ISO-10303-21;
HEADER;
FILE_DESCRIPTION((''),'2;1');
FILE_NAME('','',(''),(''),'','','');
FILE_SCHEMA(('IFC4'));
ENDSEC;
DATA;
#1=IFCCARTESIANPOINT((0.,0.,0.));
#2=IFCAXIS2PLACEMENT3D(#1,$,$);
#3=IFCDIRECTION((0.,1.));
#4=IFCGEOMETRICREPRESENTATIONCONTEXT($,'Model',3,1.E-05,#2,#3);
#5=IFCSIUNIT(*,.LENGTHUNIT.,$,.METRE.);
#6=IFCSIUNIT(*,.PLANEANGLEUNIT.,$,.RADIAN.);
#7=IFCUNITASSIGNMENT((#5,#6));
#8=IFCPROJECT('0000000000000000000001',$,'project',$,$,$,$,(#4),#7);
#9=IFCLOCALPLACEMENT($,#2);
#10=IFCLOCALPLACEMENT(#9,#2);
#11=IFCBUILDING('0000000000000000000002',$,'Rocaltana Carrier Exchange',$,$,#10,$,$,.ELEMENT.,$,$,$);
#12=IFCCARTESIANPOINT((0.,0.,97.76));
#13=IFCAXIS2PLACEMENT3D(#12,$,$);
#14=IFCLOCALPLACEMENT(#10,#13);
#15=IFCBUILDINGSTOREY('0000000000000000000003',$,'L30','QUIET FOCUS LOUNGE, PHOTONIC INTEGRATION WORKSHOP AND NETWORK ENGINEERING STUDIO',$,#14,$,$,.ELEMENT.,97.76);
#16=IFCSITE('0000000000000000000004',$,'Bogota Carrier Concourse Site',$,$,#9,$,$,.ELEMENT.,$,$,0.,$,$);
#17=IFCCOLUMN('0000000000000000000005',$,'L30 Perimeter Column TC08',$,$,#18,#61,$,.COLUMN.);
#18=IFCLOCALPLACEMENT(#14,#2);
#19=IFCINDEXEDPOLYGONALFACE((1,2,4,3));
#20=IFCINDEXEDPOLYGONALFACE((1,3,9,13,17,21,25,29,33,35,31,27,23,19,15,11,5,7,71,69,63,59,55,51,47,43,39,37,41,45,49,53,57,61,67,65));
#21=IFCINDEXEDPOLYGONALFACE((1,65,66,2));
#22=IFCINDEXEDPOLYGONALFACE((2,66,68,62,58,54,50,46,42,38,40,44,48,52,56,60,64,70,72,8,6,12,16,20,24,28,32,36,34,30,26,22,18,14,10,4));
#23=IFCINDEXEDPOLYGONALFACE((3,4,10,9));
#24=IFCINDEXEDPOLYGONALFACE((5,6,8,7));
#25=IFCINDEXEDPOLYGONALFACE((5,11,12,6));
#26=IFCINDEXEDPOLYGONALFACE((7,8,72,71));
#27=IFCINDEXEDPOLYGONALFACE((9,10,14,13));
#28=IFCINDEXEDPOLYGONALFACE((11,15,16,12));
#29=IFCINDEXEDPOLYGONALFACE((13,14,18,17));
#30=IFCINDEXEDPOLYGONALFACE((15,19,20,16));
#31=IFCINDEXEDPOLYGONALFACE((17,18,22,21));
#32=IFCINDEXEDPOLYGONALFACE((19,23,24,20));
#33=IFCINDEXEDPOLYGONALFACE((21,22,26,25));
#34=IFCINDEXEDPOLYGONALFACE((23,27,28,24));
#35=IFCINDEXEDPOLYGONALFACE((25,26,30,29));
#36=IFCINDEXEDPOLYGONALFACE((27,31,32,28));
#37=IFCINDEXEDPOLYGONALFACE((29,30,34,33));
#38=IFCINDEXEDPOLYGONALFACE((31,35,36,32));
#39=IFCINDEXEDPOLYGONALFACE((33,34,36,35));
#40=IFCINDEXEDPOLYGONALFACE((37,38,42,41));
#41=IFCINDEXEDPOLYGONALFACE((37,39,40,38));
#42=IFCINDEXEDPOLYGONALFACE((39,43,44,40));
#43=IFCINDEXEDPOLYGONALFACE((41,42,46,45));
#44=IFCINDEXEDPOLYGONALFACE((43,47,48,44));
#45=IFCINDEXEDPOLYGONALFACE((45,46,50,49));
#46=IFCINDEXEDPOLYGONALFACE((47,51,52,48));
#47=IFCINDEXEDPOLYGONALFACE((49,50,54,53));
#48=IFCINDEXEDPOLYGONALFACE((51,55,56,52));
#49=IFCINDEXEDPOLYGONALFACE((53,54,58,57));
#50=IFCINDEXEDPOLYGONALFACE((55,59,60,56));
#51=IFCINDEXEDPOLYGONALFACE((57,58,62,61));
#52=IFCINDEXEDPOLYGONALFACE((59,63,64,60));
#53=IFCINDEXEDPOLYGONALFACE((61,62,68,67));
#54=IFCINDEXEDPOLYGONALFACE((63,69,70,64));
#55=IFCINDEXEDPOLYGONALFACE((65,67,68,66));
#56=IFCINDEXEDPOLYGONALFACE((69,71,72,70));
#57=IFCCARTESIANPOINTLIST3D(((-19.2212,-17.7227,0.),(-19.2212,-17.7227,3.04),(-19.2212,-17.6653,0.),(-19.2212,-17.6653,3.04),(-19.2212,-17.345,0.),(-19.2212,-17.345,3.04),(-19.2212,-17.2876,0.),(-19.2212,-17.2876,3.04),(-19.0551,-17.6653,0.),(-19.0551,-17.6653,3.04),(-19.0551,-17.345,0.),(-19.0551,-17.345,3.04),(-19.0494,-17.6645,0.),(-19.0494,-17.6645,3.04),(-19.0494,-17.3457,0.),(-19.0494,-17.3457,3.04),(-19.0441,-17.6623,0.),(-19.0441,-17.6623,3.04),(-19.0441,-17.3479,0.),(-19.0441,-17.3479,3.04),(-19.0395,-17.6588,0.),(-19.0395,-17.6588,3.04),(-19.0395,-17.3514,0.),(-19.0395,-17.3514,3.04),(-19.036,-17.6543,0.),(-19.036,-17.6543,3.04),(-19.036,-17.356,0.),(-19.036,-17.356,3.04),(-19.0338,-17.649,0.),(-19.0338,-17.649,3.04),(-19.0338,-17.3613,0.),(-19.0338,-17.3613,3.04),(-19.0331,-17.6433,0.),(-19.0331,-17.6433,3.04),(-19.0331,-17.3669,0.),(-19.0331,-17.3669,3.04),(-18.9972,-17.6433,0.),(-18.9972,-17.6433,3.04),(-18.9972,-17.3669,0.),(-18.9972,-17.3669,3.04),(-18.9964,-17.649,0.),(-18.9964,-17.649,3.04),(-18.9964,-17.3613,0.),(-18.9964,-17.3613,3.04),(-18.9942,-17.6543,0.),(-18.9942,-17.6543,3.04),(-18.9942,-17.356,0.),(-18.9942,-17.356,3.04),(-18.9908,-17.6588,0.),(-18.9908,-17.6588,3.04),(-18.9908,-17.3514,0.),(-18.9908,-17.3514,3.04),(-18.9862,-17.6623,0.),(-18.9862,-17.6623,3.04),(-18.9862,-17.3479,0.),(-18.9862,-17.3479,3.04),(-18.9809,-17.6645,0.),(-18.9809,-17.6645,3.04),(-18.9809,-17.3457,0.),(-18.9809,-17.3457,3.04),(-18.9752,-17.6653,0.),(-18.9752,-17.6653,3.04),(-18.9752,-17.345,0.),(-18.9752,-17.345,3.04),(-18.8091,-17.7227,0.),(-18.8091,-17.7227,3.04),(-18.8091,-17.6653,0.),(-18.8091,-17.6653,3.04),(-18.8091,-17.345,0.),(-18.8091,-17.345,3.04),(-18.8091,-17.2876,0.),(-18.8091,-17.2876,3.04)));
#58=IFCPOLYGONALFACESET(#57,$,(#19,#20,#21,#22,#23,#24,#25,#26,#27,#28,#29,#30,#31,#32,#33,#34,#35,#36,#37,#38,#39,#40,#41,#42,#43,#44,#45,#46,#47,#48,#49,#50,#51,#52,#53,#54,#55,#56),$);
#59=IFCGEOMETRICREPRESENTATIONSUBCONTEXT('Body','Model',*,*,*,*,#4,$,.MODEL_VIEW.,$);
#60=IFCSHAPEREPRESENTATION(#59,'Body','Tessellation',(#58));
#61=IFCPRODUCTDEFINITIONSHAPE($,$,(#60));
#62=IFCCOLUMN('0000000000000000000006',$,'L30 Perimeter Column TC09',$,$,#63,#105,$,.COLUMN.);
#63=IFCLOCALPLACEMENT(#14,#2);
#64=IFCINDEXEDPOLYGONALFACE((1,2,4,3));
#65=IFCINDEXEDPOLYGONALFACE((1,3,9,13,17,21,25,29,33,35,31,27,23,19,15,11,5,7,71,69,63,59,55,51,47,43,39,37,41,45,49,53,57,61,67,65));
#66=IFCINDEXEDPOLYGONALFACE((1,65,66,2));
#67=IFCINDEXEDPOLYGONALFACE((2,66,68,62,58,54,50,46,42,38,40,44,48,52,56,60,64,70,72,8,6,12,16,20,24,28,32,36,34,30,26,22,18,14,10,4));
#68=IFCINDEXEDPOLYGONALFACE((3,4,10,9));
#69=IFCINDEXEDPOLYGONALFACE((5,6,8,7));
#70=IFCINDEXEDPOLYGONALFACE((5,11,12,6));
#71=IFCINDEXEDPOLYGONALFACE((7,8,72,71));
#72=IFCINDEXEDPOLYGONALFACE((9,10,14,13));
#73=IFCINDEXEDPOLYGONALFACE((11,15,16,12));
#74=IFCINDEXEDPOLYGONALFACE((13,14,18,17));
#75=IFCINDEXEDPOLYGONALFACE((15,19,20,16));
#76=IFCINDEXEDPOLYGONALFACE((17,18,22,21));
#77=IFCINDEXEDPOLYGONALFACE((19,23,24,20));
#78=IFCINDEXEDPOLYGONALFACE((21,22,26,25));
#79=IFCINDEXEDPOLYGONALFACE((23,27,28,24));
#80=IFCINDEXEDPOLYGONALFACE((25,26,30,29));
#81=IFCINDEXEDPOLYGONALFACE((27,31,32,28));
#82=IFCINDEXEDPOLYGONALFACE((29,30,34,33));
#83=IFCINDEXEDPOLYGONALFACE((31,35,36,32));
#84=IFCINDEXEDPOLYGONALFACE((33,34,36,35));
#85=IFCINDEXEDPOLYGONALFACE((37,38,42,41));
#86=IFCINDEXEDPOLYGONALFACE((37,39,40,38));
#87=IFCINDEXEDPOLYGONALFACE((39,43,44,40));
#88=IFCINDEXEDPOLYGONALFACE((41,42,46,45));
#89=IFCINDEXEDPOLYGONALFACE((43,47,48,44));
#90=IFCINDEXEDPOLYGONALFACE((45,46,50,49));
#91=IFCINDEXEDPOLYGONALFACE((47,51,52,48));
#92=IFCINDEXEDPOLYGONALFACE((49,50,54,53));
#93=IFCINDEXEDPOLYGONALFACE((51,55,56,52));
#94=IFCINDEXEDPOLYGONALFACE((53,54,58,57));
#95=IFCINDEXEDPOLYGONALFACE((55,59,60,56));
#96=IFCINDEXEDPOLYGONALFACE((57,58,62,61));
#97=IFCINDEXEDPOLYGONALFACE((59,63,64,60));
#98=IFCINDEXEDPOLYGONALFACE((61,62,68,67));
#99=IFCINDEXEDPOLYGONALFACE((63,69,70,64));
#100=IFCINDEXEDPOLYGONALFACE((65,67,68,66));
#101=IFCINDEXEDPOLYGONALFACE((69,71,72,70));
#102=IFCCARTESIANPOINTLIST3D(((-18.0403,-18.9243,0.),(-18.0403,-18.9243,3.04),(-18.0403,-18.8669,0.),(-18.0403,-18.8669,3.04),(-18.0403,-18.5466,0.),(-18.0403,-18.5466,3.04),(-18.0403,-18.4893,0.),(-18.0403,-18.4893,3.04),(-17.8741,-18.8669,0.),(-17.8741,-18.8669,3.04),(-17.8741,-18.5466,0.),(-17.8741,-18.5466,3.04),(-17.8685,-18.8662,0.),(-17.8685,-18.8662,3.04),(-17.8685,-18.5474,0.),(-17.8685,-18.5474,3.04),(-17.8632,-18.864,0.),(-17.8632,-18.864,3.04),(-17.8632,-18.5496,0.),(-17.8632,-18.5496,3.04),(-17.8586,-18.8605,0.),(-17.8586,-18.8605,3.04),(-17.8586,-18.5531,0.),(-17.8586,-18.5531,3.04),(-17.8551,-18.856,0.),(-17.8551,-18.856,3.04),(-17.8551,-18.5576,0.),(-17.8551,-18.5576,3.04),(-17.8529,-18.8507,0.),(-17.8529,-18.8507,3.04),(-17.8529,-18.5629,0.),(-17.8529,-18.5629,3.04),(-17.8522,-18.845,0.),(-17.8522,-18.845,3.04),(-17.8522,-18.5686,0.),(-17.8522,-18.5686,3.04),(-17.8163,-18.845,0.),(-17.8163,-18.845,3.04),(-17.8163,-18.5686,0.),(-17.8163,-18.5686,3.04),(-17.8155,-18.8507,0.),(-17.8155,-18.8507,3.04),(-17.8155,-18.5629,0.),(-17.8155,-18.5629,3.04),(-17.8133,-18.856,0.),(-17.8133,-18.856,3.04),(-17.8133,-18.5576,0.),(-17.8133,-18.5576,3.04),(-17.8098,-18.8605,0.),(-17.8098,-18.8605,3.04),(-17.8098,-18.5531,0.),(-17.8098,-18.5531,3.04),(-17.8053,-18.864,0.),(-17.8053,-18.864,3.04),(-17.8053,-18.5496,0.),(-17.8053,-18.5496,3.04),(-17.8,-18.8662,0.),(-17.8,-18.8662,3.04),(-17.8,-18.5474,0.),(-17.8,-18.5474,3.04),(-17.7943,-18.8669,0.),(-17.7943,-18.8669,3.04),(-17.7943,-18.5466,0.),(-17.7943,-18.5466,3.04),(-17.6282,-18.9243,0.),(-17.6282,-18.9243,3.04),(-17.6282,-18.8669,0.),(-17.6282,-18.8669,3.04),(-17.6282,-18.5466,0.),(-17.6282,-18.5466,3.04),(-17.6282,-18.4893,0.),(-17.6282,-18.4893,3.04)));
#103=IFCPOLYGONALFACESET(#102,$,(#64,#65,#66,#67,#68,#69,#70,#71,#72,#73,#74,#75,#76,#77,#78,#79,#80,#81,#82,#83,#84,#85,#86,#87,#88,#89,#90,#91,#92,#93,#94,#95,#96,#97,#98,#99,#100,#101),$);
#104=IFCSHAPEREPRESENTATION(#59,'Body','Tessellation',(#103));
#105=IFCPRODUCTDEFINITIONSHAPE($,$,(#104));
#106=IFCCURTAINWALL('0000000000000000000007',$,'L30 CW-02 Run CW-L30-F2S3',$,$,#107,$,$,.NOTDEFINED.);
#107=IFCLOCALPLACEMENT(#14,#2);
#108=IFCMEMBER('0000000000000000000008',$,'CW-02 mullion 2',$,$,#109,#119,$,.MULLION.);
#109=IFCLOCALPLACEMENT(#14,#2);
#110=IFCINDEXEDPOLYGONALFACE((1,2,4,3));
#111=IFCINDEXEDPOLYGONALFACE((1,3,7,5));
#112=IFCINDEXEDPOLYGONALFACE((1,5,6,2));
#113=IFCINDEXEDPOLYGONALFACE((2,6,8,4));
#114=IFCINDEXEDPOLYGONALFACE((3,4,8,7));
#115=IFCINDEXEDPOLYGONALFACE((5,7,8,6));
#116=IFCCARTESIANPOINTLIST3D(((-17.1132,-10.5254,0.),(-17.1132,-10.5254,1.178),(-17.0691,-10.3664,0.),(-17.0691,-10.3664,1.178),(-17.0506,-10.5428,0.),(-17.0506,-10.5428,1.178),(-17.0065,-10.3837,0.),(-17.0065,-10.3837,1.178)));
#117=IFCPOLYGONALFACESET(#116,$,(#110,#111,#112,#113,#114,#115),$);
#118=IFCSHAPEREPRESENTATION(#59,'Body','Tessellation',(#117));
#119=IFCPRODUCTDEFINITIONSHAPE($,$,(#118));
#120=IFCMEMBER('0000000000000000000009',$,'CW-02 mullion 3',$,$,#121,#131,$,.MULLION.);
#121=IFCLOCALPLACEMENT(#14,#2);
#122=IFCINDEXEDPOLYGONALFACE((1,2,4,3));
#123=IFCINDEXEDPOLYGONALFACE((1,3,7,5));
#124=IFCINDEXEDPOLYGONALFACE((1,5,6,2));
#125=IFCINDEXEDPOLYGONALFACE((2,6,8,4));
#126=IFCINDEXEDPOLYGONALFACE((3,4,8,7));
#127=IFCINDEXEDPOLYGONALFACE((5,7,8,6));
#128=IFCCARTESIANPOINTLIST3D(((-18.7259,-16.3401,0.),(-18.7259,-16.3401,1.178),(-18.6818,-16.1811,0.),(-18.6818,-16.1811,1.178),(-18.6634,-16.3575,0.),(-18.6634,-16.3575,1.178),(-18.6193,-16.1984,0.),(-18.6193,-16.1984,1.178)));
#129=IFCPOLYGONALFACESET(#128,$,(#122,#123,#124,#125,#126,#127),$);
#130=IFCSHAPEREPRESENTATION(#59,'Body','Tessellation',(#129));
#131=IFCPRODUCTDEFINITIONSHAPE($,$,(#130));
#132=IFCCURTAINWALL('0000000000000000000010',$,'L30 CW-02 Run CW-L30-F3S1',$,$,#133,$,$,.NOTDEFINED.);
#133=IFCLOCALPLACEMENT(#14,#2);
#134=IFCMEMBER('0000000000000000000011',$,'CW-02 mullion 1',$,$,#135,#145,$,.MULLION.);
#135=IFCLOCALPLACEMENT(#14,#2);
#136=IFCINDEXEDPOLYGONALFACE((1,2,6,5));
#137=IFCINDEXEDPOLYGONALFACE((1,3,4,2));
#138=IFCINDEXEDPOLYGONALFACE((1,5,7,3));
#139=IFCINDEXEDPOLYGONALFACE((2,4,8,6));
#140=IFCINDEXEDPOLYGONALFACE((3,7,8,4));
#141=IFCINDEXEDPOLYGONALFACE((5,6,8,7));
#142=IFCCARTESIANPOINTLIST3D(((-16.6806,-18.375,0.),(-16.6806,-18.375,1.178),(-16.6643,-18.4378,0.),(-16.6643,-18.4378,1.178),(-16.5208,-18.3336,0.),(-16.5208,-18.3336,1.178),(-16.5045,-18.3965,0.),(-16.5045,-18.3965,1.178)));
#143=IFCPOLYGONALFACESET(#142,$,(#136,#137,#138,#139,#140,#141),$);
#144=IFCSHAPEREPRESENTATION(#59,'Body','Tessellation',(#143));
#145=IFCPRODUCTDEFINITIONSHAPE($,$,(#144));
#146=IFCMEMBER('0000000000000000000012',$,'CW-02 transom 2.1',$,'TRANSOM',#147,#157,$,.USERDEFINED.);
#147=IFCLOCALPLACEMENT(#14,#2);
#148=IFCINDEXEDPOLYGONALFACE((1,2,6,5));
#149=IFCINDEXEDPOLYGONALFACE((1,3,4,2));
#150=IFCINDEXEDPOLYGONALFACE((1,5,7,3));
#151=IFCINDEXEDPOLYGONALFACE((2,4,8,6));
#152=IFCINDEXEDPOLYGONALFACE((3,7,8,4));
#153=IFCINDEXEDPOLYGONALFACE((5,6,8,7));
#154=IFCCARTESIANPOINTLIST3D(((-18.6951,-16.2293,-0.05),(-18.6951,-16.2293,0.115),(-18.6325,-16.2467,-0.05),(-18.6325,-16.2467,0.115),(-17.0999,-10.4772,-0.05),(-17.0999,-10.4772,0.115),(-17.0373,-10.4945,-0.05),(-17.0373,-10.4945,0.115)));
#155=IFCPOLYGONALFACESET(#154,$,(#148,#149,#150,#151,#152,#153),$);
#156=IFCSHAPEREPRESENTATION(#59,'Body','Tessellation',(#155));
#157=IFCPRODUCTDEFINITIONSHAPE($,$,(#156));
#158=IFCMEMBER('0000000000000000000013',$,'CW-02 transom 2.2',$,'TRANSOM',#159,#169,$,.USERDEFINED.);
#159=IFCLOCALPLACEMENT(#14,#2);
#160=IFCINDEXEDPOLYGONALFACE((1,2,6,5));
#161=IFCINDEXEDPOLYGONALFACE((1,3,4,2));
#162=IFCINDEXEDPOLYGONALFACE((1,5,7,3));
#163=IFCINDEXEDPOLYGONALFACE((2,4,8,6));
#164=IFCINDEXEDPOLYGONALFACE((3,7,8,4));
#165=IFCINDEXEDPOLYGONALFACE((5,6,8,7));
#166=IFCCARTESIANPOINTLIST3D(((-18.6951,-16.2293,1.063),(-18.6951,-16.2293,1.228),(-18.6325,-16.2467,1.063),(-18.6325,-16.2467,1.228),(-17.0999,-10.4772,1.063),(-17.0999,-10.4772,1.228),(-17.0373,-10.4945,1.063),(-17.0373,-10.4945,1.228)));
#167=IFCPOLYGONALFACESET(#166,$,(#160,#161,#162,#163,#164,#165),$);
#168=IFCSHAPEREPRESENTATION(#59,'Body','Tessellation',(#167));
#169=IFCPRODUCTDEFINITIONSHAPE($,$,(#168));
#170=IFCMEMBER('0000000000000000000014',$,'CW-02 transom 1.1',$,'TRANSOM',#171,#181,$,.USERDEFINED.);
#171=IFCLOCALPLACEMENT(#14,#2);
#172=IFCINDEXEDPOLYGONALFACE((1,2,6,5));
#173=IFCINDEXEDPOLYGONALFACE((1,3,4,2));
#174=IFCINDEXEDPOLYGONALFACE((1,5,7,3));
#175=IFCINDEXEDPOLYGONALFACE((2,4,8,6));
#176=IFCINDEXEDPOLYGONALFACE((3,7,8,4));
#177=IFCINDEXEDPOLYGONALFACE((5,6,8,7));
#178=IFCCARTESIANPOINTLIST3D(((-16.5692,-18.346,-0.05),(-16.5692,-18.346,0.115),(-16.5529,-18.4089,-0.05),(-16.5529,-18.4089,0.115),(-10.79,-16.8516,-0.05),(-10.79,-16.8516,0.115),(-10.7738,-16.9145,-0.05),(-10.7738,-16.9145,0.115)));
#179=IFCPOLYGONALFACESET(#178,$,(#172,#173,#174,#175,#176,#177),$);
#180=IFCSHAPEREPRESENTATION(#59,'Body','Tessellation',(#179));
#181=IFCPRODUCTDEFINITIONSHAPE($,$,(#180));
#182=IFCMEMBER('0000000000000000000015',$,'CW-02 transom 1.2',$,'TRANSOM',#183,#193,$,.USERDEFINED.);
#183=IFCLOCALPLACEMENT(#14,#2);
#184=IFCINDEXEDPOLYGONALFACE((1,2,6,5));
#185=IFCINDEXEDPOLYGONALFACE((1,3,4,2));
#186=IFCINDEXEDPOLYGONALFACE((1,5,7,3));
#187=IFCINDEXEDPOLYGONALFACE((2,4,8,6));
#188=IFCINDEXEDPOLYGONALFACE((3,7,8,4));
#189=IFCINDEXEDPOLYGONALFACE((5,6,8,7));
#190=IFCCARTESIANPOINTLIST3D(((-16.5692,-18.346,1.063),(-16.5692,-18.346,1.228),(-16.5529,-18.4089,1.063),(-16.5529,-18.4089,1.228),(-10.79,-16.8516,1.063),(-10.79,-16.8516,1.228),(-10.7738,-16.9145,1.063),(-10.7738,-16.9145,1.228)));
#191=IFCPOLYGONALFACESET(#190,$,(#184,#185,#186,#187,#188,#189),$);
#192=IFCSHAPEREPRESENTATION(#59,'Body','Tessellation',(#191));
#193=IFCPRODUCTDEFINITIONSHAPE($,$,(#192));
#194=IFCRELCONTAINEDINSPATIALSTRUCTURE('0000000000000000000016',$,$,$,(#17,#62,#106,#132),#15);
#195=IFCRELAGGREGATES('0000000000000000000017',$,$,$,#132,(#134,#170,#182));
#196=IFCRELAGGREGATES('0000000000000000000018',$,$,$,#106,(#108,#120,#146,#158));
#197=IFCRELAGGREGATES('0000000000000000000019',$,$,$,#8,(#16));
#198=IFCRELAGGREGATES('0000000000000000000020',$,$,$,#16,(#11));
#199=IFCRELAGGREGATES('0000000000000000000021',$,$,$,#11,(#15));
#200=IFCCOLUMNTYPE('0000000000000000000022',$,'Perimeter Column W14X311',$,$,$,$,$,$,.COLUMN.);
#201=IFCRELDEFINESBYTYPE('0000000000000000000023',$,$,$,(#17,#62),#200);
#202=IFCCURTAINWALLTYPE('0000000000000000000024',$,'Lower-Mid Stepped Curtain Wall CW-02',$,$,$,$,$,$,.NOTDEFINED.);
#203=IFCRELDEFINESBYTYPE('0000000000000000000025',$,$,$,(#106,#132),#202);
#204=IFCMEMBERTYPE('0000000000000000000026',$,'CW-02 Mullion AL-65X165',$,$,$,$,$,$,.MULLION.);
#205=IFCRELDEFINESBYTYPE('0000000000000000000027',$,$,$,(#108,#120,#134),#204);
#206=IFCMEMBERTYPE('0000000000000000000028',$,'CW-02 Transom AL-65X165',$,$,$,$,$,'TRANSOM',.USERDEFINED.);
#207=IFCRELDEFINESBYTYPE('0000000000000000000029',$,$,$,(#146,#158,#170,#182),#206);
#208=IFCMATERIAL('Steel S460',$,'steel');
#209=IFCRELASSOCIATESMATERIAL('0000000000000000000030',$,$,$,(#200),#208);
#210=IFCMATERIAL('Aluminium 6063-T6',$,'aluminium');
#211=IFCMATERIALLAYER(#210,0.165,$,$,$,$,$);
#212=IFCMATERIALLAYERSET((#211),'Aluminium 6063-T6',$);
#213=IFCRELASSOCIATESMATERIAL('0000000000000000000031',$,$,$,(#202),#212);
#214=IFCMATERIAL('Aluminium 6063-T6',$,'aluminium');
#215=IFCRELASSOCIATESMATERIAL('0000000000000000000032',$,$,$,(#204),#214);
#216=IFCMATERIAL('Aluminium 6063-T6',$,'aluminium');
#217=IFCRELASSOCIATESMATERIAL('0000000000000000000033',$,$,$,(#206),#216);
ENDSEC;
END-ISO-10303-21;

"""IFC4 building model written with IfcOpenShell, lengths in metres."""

from ifc_helpers import new_model, si_unit, direction, frame, origin, origin_2d, place, context, subcontext, project, spatial, rectangle, i_section, extrude, material, layer, layer_set, material_profile, profile_set, type_object, element, aggregate, save


model = new_model("IFC4")

# Units and contexts
model_context = context("Model", 3, precision=1e-05, world=origin(), true_north=direction((0.0, 1.0)))
body_context = subcontext(model_context, "Body", "Model", "MODEL_VIEW")
ifc_project = project(units=[si_unit("LENGTHUNIT", "METRE"), si_unit("PLANEANGLEUNIT", "RADIAN")], contexts=[model_context])

# Site, building, storey
site_placement = place(None, origin())
site = spatial("IfcSite", under=ifc_project, at=site_placement, Name="Bogota Carrier Concourse Site", CompositionType="ELEMENT", RefElevation=0.0)
building_placement = place(site_placement, origin())
building = spatial("IfcBuilding", under=site, at=building_placement, Name="Rocaltana Carrier Exchange", CompositionType="ELEMENT")
storey_placement = place(building_placement, frame((0.0, 0.0, 97.76)))
storey = spatial("IfcBuildingStorey", under=building, at=storey_placement, Name="L30", Description="QUIET FOCUS LOUNGE, PHOTONIC INTEGRATION WORKSHOP AND NETWORK ENGINEERING STUDIO", CompositionType="ELEMENT", Elevation=97.76)

# Columns
ifc_material_1 = material(Name="Steel S460", Category="steel")
ifc_material_profile_1 = material_profile(ifc_material_1, i_section(OverallWidth=0.4121, OverallDepth=0.4351, WebThickness=0.0359, FlangeThickness=0.0574, FilletRadius=0.022, at=origin_2d()), Name="W14X311")
ifc_profile_set_1 = profile_set([ifc_material_profile_1], Name="Steel S460")
column_type = type_object("IfcColumnType", Name="Perimeter Column W14X311", PredefinedType="COLUMN", material=ifc_profile_set_1)
for number, where, z_axis, x_axis, name in (
    (1, (-19.0151, -17.5051, 0.0), (0.0, 0.0, 1.0), (1.0, 0.0, 0.0), "L30 Perimeter Column TC08"),
    (2, (-17.8342, -18.7068, 0.0), (0.0, 0.0, 1.0), (1.0, 0.0, 0.0), "L30 Perimeter Column TC09"),
):
    element("IfcColumn", number, at=place(storey_placement, frame(where, z_axis=z_axis, x_axis=x_axis)), inside=storey, type_object=column_type, Name=name, PredefinedType="COLUMN", context=body_context, shape_type="SweptSolid", body=[
        extrude(i_section(OverallWidth=0.4121, OverallDepth=0.4351, WebThickness=0.0359, FlangeThickness=0.0574, FilletRadius=0.022, at=origin_2d()), origin(), (0.0, 0.0, 1.0), 3.04),
    ])

# Curtain wall, members
ifc_material_2 = material(Name="Aluminium 6063-T6", Category="aluminium")
ifc_layer_1 = layer(ifc_material_2, 0.165)
ifc_layer_set_1 = layer_set([ifc_layer_1], Name="Aluminium 6063-T6")
curtain_wall_type = type_object("IfcCurtainWallType", Name="Lower-Mid Stepped Curtain Wall CW-02", PredefinedType="NOTDEFINED", material=ifc_layer_set_1)
curtain_wall_1_placement = place(storey_placement, origin())
curtain_wall_1 = element("IfcCurtainWall", 3, at=curtain_wall_1_placement, inside=storey, type_object=curtain_wall_type, Name="L30 CW-02 Run CW-L30-F2S3", PredefinedType="NOTDEFINED")
ifc_material_3 = material(Name="Aluminium 6063-T6", Category="aluminium")
ifc_material_profile_2 = material_profile(ifc_material_3, rectangle(XDim=0.0649, YDim=0.165, at=origin_2d()), Name="AL-65X165")
ifc_profile_set_2 = profile_set([ifc_material_profile_2], Name="Aluminium 6063-T6")
member_type_1 = type_object("IfcMemberType", Name="CW-02 Mullion AL-65X165", PredefinedType="MULLION", material=ifc_profile_set_2)
member_1_placement = place(storey_placement, frame((-17.0598, -10.4546, 0.0), z_axis=(0.0, 0.0, 1.0), x_axis=(0.963629, -0.267243, 0.0)))
member_1 = element("IfcMember", 4, at=member_1_placement, type_object=member_type_1, Name="CW-02 mullion 2", PredefinedType="MULLION", context=body_context, shape_type="SweptSolid", body=[
    extrude(rectangle(XDim=0.0649, YDim=0.165, at=origin_2d()), origin(), (0.0, 0.0, 1.0), 1.178),
])
member_2_placement = place(storey_placement, frame((-18.6726, -16.2693, 0.0), z_axis=(0.0, 0.0, 1.0), x_axis=(0.963629, -0.267243, 0.0)))
member_2 = element("IfcMember", 5, at=member_2_placement, type_object=member_type_1, Name="CW-02 mullion 3", PredefinedType="MULLION", context=body_context, shape_type="SweptSolid", body=[
    extrude(rectangle(XDim=0.0649, YDim=0.165, at=origin_2d()), origin(), (0.0, 0.0, 1.0), 1.178),
])

# Curtain wall, member
curtain_wall_2_placement = place(storey_placement, origin())
curtain_wall_2 = element("IfcCurtainWall", 6, at=curtain_wall_2_placement, inside=storey, type_object=curtain_wall_type, Name="L30 CW-02 Run CW-L30-F3S1", PredefinedType="NOTDEFINED")
member_3_placement = place(storey_placement, frame((-16.5925, -18.3857, 0.0), z_axis=(0.0, 0.0, 1.0), x_axis=(-0.250378, 0.968148, 0.0)))
member_3 = element("IfcMember", 7, at=member_3_placement, type_object=member_type_1, Name="CW-02 mullion 1", PredefinedType="MULLION", context=body_context, shape_type="SweptSolid", body=[
    extrude(rectangle(XDim=0.0649, YDim=0.165, at=origin_2d()), origin(), (0.0, 0.0, 1.0), 1.178),
])

# Members
ifc_material_4 = material(Name="Aluminium 6063-T6", Category="aluminium")
ifc_material_profile_3 = material_profile(ifc_material_4, rectangle(XDim=0.0649, YDim=0.165, at=origin_2d()), Name="AL-65X165")
ifc_profile_set_3 = profile_set([ifc_material_profile_3], Name="Aluminium 6063-T6")
member_type_2 = type_object("IfcMemberType", Name="CW-02 Transom AL-65X165", ElementType="TRANSOM", PredefinedType="USERDEFINED", material=ifc_profile_set_3)
member_4_placement = place(storey_placement, frame((-17.0686, -10.4858, 0.0325), z_axis=(-0.267237, -0.963631, 0.0), x_axis=(0.963631, -0.267237, 0.0)))
member_4 = element("IfcMember", 8, at=member_4_placement, type_object=member_type_2, Name="CW-02 transom 2.1", ObjectType="TRANSOM", PredefinedType="USERDEFINED", context=body_context, shape_type="SweptSolid", body=[
    extrude(rectangle(XDim=0.0649, YDim=0.165, at=origin_2d()), origin(), (0.0, 0.0, 1.0), 5.9692),
])
member_5_placement = place(storey_placement, frame((-17.0686, -10.4858, 1.1455), z_axis=(-0.267237, -0.963631, 0.0), x_axis=(0.963631, -0.267237, 0.0)))
member_5 = element("IfcMember", 9, at=member_5_placement, type_object=member_type_2, Name="CW-02 transom 2.2", ObjectType="TRANSOM", PredefinedType="USERDEFINED", context=body_context, shape_type="SweptSolid", body=[
    extrude(rectangle(XDim=0.0649, YDim=0.165, at=origin_2d()), origin(), (0.0, 0.0, 1.0), 5.9692),
])
member_6_placement = place(storey_placement, frame((-16.561, -18.3774, 0.0325), z_axis=(0.968155, 0.250352, 0.0), x_axis=(-0.250352, 0.968155, 0.0)))
member_6 = element("IfcMember", 10, at=member_6_placement, type_object=member_type_2, Name="CW-02 transom 1.1", ObjectType="TRANSOM", PredefinedType="USERDEFINED", context=body_context, shape_type="SweptSolid", body=[
    extrude(rectangle(XDim=0.0649, YDim=0.165, at=origin_2d()), origin(), (0.0, 0.0, 1.0), 5.9692),
])
member_7_placement = place(storey_placement, frame((-16.561, -18.3774, 1.1455), z_axis=(0.968155, 0.250352, 0.0), x_axis=(-0.250352, 0.968155, 0.0)))
member_7 = element("IfcMember", 11, at=member_7_placement, type_object=member_type_2, Name="CW-02 transom 1.2", ObjectType="TRANSOM", PredefinedType="USERDEFINED", context=body_context, shape_type="SweptSolid", body=[
    extrude(rectangle(XDim=0.0649, YDim=0.165, at=origin_2d()), origin(), (0.0, 0.0, 1.0), 5.9692),
])
aggregate(curtain_wall_2, [member_3, member_6, member_7])

aggregate(curtain_wall_1, [member_1, member_2, member_4, member_5])

save(model, "model.ifc")
